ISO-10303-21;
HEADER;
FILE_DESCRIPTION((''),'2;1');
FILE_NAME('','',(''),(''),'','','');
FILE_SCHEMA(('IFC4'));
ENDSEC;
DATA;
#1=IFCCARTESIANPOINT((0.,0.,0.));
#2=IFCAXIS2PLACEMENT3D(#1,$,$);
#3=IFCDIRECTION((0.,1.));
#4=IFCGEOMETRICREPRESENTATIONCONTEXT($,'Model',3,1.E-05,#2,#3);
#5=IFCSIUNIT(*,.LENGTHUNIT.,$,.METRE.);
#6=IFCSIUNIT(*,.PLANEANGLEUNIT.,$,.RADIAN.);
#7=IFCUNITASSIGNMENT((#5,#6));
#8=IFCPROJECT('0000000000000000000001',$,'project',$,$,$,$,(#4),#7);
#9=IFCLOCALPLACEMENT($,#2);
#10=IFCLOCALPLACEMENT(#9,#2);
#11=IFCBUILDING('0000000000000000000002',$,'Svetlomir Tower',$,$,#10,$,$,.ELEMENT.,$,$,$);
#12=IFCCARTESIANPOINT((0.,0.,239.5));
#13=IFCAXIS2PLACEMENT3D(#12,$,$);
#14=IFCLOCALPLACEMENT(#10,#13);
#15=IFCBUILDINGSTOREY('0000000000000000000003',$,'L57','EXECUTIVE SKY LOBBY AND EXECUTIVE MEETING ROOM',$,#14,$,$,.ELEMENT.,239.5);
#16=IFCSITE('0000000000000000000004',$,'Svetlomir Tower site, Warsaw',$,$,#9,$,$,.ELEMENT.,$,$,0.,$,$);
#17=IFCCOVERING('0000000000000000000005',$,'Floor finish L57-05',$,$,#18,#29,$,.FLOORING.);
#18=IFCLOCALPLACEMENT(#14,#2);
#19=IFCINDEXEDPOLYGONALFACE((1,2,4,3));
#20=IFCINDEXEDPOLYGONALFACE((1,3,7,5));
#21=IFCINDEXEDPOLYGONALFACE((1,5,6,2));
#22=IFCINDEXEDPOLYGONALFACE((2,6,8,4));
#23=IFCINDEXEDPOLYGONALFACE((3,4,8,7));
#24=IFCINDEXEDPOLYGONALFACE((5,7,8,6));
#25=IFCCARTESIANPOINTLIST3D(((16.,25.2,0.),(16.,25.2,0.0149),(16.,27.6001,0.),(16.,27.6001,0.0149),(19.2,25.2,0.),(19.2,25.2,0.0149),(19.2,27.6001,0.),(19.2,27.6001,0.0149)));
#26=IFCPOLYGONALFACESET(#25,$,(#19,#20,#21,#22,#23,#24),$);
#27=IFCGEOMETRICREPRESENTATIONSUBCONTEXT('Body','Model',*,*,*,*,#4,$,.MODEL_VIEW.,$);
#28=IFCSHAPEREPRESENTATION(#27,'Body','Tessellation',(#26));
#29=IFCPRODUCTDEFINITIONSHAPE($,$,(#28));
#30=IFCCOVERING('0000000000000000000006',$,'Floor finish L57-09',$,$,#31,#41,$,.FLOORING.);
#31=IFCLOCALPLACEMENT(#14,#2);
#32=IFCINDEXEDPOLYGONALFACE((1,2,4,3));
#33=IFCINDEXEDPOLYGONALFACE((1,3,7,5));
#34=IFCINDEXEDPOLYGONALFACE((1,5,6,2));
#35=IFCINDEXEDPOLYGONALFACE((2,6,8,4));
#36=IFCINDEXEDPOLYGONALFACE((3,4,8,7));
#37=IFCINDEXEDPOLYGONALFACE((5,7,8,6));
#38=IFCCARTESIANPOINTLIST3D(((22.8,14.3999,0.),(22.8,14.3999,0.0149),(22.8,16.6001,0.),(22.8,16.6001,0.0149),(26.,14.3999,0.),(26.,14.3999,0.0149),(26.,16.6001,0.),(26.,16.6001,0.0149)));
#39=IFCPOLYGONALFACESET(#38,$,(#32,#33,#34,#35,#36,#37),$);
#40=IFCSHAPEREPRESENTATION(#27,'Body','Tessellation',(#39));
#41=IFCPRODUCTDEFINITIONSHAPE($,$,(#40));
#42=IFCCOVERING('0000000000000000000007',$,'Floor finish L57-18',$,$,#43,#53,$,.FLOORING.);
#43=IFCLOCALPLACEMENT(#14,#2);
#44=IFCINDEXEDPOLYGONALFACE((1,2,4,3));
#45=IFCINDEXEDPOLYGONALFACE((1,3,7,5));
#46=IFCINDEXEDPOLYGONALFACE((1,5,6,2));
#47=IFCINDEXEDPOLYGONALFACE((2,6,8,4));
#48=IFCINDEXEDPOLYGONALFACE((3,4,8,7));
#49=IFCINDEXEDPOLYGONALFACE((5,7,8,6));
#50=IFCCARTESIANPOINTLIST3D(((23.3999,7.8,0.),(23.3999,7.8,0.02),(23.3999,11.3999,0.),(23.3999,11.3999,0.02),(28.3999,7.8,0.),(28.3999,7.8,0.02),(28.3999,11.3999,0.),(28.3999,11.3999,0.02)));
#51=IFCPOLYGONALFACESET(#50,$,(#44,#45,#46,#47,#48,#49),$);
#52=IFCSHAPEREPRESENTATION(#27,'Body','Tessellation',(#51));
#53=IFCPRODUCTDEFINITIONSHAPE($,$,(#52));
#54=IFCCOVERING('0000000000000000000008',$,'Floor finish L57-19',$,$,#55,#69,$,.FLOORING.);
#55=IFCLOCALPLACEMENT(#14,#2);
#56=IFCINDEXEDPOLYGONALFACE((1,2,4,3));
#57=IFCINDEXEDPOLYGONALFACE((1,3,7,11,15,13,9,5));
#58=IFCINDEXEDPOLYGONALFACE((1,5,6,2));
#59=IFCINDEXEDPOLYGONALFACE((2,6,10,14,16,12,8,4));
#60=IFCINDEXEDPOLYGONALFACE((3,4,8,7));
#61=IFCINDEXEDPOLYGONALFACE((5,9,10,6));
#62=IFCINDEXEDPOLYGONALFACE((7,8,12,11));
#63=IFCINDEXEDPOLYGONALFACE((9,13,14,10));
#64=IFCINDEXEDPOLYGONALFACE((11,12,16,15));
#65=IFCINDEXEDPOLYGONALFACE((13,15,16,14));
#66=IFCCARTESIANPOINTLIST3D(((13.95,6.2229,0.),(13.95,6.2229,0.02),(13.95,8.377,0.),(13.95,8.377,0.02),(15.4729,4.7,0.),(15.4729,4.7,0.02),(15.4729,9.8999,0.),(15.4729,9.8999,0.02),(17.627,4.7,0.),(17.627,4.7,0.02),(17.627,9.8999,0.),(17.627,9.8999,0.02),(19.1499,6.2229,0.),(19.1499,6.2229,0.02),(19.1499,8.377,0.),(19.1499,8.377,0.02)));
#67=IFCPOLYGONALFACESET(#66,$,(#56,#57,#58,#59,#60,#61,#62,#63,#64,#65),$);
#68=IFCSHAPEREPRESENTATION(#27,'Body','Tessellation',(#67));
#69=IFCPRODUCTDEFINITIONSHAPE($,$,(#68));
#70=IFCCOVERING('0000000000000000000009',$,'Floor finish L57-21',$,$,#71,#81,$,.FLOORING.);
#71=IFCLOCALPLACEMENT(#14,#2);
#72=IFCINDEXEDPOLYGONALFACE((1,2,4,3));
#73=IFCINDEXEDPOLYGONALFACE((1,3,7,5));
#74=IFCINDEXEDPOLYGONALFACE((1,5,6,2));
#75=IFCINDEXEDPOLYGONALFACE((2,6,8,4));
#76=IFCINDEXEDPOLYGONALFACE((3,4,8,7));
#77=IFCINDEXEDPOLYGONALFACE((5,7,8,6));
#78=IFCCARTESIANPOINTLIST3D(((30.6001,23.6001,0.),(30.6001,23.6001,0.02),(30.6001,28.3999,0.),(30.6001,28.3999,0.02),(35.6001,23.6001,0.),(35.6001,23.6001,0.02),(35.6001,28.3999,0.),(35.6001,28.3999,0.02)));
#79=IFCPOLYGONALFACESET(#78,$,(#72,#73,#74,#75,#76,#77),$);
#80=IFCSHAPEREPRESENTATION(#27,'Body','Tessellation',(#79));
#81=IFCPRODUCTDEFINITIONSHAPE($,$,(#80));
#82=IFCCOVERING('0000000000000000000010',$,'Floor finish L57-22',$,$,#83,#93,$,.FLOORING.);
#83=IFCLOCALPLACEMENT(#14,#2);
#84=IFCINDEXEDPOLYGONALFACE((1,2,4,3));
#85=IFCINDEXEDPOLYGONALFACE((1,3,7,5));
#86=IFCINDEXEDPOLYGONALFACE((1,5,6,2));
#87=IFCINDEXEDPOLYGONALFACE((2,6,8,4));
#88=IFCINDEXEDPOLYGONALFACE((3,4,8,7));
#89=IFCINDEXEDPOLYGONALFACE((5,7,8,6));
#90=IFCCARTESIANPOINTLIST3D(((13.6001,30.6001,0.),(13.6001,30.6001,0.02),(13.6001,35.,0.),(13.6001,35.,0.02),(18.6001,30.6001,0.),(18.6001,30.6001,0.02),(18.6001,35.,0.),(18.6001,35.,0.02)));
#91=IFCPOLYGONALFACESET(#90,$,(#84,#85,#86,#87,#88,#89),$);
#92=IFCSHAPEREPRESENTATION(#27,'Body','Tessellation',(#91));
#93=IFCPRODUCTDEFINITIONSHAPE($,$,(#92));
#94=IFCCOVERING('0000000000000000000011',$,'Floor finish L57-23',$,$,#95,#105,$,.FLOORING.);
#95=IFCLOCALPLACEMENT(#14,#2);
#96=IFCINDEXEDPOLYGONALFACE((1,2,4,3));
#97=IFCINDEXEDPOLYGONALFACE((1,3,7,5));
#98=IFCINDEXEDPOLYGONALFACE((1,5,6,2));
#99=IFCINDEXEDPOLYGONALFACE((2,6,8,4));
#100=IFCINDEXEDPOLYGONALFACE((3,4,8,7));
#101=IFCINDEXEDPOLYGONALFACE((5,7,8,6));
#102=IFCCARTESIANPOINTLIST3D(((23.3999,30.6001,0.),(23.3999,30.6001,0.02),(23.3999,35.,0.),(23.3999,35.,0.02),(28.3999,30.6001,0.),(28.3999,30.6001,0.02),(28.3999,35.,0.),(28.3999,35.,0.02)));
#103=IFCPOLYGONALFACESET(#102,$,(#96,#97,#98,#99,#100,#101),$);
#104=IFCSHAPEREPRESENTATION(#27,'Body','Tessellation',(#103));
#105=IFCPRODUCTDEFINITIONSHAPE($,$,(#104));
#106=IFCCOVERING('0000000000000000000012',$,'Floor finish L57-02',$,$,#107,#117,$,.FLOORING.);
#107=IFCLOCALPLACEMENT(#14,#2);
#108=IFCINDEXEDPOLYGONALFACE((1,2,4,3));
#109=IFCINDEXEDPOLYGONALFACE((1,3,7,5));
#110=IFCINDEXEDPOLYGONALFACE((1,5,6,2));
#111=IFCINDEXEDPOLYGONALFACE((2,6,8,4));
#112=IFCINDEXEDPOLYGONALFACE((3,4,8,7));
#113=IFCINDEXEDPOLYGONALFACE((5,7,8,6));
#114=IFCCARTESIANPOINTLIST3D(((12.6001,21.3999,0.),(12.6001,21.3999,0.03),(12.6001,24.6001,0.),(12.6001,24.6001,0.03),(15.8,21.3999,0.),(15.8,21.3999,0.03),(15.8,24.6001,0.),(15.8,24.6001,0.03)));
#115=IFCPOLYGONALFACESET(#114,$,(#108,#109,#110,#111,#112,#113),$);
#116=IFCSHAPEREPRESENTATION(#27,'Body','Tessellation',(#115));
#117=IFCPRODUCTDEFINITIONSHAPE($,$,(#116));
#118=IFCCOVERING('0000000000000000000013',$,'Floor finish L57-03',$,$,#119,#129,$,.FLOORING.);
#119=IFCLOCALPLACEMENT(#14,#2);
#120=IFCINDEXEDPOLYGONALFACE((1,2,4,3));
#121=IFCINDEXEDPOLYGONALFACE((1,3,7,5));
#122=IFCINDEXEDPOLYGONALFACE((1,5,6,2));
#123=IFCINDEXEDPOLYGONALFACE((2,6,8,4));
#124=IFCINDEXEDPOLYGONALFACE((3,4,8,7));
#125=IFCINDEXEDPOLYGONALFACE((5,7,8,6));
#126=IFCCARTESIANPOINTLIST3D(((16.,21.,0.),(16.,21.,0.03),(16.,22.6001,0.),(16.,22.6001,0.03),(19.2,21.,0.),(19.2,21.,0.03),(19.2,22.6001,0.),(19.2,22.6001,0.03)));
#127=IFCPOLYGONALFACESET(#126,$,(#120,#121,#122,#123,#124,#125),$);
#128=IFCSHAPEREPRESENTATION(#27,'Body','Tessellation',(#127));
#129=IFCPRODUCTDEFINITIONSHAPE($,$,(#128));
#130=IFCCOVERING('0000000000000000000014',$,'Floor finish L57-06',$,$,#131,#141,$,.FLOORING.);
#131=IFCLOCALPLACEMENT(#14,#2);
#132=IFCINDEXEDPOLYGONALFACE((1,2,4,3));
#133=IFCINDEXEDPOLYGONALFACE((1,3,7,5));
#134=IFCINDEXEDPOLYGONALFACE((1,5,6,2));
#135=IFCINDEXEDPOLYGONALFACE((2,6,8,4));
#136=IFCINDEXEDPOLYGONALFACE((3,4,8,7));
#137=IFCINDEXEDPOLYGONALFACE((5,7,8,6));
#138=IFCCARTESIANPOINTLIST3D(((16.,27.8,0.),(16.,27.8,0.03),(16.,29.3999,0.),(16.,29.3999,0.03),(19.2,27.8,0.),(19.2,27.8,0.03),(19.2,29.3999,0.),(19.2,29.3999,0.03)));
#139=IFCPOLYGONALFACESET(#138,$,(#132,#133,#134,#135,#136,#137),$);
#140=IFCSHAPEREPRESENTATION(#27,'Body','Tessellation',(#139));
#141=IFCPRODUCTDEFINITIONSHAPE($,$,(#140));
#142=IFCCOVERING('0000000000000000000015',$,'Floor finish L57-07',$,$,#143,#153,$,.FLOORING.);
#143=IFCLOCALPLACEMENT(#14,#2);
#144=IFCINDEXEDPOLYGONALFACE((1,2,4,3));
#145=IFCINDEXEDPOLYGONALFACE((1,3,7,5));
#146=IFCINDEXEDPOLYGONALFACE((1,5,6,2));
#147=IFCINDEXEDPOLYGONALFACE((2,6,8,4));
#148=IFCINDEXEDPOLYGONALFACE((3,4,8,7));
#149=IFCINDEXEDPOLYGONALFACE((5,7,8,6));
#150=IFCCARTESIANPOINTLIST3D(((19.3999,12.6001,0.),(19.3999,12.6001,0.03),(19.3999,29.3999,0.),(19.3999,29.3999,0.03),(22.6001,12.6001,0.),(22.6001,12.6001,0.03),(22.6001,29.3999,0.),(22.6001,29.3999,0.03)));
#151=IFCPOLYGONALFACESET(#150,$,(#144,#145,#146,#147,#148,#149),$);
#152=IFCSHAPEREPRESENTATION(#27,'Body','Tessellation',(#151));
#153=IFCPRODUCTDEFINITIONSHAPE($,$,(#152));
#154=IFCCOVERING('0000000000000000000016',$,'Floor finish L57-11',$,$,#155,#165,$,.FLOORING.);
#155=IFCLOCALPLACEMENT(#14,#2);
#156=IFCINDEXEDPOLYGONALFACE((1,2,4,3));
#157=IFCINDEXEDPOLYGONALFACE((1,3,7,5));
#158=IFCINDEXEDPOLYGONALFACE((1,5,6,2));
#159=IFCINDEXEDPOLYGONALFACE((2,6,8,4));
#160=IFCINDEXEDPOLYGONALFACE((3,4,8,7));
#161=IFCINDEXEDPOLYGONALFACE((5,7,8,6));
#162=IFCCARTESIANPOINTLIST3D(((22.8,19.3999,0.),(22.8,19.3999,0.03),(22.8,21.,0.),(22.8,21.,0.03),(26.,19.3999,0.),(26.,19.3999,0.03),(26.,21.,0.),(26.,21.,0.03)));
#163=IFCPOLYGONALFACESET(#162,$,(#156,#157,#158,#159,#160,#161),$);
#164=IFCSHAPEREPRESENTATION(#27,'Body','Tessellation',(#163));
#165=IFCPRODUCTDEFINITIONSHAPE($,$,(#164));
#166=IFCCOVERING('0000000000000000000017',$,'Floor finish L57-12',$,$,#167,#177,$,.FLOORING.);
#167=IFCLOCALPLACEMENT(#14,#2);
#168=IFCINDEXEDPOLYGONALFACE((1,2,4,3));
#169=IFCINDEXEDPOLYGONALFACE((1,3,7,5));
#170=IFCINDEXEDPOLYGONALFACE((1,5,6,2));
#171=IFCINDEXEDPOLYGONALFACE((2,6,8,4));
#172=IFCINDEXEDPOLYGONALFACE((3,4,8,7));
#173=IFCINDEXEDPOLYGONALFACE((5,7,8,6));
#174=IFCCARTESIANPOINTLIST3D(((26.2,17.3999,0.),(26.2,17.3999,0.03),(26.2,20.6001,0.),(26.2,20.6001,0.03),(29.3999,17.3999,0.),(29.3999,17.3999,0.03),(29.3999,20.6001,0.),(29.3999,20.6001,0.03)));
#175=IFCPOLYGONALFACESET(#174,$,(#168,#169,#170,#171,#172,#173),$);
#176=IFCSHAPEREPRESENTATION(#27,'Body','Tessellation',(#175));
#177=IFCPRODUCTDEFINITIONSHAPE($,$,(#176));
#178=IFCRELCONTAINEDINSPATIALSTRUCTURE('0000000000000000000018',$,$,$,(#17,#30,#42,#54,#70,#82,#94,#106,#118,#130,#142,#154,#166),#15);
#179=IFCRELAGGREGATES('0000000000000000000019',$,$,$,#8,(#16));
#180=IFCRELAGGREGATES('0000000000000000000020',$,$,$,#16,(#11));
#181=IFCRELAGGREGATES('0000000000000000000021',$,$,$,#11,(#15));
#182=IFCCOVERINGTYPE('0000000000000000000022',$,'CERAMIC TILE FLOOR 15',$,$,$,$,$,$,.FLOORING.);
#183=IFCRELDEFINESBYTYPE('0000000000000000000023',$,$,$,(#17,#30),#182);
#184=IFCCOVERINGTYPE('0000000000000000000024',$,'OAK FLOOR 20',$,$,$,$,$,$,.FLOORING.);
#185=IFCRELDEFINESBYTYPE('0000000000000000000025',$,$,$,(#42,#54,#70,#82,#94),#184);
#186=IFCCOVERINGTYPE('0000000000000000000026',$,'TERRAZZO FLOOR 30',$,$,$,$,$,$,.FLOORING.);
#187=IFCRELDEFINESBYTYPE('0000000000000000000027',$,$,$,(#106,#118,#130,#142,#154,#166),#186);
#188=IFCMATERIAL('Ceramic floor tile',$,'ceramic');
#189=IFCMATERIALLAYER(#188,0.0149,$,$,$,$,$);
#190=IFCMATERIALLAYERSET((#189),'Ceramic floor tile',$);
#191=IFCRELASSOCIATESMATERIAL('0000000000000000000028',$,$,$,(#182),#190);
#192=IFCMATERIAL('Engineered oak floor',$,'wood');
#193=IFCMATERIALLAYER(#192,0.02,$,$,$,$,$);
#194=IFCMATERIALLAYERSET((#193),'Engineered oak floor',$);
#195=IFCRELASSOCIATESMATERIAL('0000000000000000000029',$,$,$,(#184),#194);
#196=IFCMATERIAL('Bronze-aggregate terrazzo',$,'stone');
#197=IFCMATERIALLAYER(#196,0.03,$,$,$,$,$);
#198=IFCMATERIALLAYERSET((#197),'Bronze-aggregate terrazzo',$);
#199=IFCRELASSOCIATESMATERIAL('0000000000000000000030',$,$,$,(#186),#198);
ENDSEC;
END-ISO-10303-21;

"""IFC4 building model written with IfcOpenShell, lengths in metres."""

from ifc_helpers import new_model, si_unit, direction, frame, origin, place, context, subcontext, project, spatial, polyline, outline, extrude, material, layer, layer_set, type_object, element, save


model = new_model("IFC4")

# Units and contexts
model_context = context("Model", 3, precision=1e-05, world=origin(), true_north=direction((0.0, 1.0)))
body_context = subcontext(model_context, "Body", "Model", "MODEL_VIEW")
ifc_project = project(units=[si_unit("LENGTHUNIT", "METRE"), si_unit("PLANEANGLEUNIT", "RADIAN")], contexts=[model_context])

# Site, building, storey
site_placement = place(None, origin())
site = spatial("IfcSite", under=ifc_project, at=site_placement, Name="Svetlomir Tower site, Warsaw", CompositionType="ELEMENT", RefElevation=0.0)
building_placement = place(site_placement, origin())
building = spatial("IfcBuilding", under=site, at=building_placement, Name="Svetlomir Tower", CompositionType="ELEMENT")
storey_placement = place(building_placement, frame((0.0, 0.0, 239.5)))
storey = spatial("IfcBuildingStorey", under=building, at=storey_placement, Name="L57", Description="EXECUTIVE SKY LOBBY AND EXECUTIVE MEETING ROOM", CompositionType="ELEMENT", Elevation=239.5)

# Coverings
ifc_material_1 = material(Name="Ceramic floor tile", Category="ceramic")
ifc_layer_1 = layer(ifc_material_1, 0.0149)
ifc_layer_set_1 = layer_set([ifc_layer_1], Name="Ceramic floor tile")
covering_type_1 = type_object("IfcCoveringType", Name="CERAMIC TILE FLOOR 15", PredefinedType="FLOORING", material=ifc_layer_set_1)
covering_1_placement = place(storey_placement, origin())
element("IfcCovering", 1, at=covering_1_placement, inside=storey, type_object=covering_type_1, Name="Floor finish L57-05", PredefinedType="FLOORING", context=body_context, shape_type="SweptSolid", body=[
    extrude(outline(polyline([(16.0, 25.2), (19.2, 25.2), (19.2, 27.6001), (16.0, 27.6001), (16.0, 25.2)])), origin(), (0.0, 0.0, 1.0), 0.0149),
])
covering_2_placement = place(storey_placement, origin())
element("IfcCovering", 2, at=covering_2_placement, inside=storey, type_object=covering_type_1, Name="Floor finish L57-09", PredefinedType="FLOORING", context=body_context, shape_type="SweptSolid", body=[
    extrude(outline(polyline([(22.8, 14.3999), (26.0, 14.3999), (26.0, 16.6001), (22.8, 16.6001), (22.8, 14.3999)])), origin(), (0.0, 0.0, 1.0), 0.0149),
])
ifc_material_2 = material(Name="Engineered oak floor", Category="wood")
ifc_layer_2 = layer(ifc_material_2, 0.02)
ifc_layer_set_2 = layer_set([ifc_layer_2], Name="Engineered oak floor")
covering_type_2 = type_object("IfcCoveringType", Name="OAK FLOOR 20", PredefinedType="FLOORING", material=ifc_layer_set_2)
covering_3_placement = place(storey_placement, origin())
element("IfcCovering", 3, at=covering_3_placement, inside=storey, type_object=covering_type_2, Name="Floor finish L57-18", PredefinedType="FLOORING", context=body_context, shape_type="SweptSolid", body=[
    extrude(outline(polyline([(23.3999, 7.8), (28.3999, 7.8), (28.3999, 11.3999), (23.3999, 11.3999), (23.3999, 7.8)])), origin(), (0.0, 0.0, 1.0), 0.02),
])
covering_4_placement = place(storey_placement, origin())
element("IfcCovering", 4, at=covering_4_placement, inside=storey, type_object=covering_type_2, Name="Floor finish L57-19", PredefinedType="FLOORING", context=body_context, shape_type="SweptSolid", body=[
    extrude(outline(polyline([(15.4729, 4.7), (17.627, 4.7), (19.1499, 6.2229), (19.1499, 8.377), (17.627, 9.8999), (15.4729, 9.8999), (13.95, 8.377), (13.95, 6.2229), (15.4729, 4.7)])), origin(), (0.0, 0.0, 1.0), 0.02),
])
covering_5_placement = place(storey_placement, origin())
element("IfcCovering", 5, at=covering_5_placement, inside=storey, type_object=covering_type_2, Name="Floor finish L57-21", PredefinedType="FLOORING", context=body_context, shape_type="SweptSolid", body=[
    extrude(outline(polyline([(30.6001, 23.6001), (35.6001, 23.6001), (35.6001, 28.3999), (30.6001, 28.3999), (30.6001, 23.6001)])), origin(), (0.0, 0.0, 1.0), 0.02),
])
covering_6_placement = place(storey_placement, origin())
element("IfcCovering", 6, at=covering_6_placement, inside=storey, type_object=covering_type_2, Name="Floor finish L57-22", PredefinedType="FLOORING", context=body_context, shape_type="SweptSolid", body=[
    extrude(outline(polyline([(13.6001, 30.6001), (18.6001, 30.6001), (18.6001, 35.0), (13.6001, 35.0), (13.6001, 30.6001)])), origin(), (0.0, 0.0, 1.0), 0.02),
])
covering_7_placement = place(storey_placement, origin())
element("IfcCovering", 7, at=covering_7_placement, inside=storey, type_object=covering_type_2, Name="Floor finish L57-23", PredefinedType="FLOORING", context=body_context, shape_type="SweptSolid", body=[
    extrude(outline(polyline([(23.3999, 30.6001), (28.3999, 30.6001), (28.3999, 35.0), (23.3999, 35.0), (23.3999, 30.6001)])), origin(), (0.0, 0.0, 1.0), 0.02),
])
ifc_material_3 = material(Name="Bronze-aggregate terrazzo", Category="stone")
ifc_layer_3 = layer(ifc_material_3, 0.03)
ifc_layer_set_3 = layer_set([ifc_layer_3], Name="Bronze-aggregate terrazzo")
covering_type_3 = type_object("IfcCoveringType", Name="TERRAZZO FLOOR 30", PredefinedType="FLOORING", material=ifc_layer_set_3)
covering_8_placement = place(storey_placement, origin())
element("IfcCovering", 8, at=covering_8_placement, inside=storey, type_object=covering_type_3, Name="Floor finish L57-02", PredefinedType="FLOORING", context=body_context, shape_type="SweptSolid", body=[
    extrude(outline(polyline([(12.6001, 21.3999), (15.8, 21.3999), (15.8, 24.6001), (12.6001, 24.6001), (12.6001, 21.3999)])), origin(), (0.0, 0.0, 1.0), 0.03),
])
covering_9_placement = place(storey_placement, origin())
element("IfcCovering", 9, at=covering_9_placement, inside=storey, type_object=covering_type_3, Name="Floor finish L57-03", PredefinedType="FLOORING", context=body_context, shape_type="SweptSolid", body=[
    extrude(outline(polyline([(16.0, 21.0), (19.2, 21.0), (19.2, 22.6001), (16.0, 22.6001), (16.0, 21.0)])), origin(), (0.0, 0.0, 1.0), 0.03),
])
covering_10_placement = place(storey_placement, origin())
element("IfcCovering", 10, at=covering_10_placement, inside=storey, type_object=covering_type_3, Name="Floor finish L57-06", PredefinedType="FLOORING", context=body_context, shape_type="SweptSolid", body=[
    extrude(outline(polyline([(16.0, 27.8), (19.2, 27.8), (19.2, 29.3999), (16.0, 29.3999), (16.0, 27.8)])), origin(), (0.0, 0.0, 1.0), 0.03),
])
covering_11_placement = place(storey_placement, origin())
element("IfcCovering", 11, at=covering_11_placement, inside=storey, type_object=covering_type_3, Name="Floor finish L57-07", PredefinedType="FLOORING", context=body_context, shape_type="SweptSolid", body=[
    extrude(outline(polyline([(19.3999, 12.6001), (22.6001, 12.6001), (22.6001, 29.3999), (19.3999, 29.3999), (19.3999, 12.6001)])), origin(), (0.0, 0.0, 1.0), 0.03),
])
covering_12_placement = place(storey_placement, origin())
element("IfcCovering", 12, at=covering_12_placement, inside=storey, type_object=covering_type_3, Name="Floor finish L57-11", PredefinedType="FLOORING", context=body_context, shape_type="SweptSolid", body=[
    extrude(outline(polyline([(22.8, 19.3999), (26.0, 19.3999), (26.0, 21.0), (22.8, 21.0), (22.8, 19.3999)])), origin(), (0.0, 0.0, 1.0), 0.03),
])
covering_13_placement = place(storey_placement, origin())
element("IfcCovering", 13, at=covering_13_placement, inside=storey, type_object=covering_type_3, Name="Floor finish L57-12", PredefinedType="FLOORING", context=body_context, shape_type="SweptSolid", body=[
    extrude(outline(polyline([(26.2, 17.3999), (29.3999, 17.3999), (29.3999, 20.6001), (26.2, 20.6001), (26.2, 17.3999)])), origin(), (0.0, 0.0, 1.0), 0.03),
])

save(model, "model.ifc")
